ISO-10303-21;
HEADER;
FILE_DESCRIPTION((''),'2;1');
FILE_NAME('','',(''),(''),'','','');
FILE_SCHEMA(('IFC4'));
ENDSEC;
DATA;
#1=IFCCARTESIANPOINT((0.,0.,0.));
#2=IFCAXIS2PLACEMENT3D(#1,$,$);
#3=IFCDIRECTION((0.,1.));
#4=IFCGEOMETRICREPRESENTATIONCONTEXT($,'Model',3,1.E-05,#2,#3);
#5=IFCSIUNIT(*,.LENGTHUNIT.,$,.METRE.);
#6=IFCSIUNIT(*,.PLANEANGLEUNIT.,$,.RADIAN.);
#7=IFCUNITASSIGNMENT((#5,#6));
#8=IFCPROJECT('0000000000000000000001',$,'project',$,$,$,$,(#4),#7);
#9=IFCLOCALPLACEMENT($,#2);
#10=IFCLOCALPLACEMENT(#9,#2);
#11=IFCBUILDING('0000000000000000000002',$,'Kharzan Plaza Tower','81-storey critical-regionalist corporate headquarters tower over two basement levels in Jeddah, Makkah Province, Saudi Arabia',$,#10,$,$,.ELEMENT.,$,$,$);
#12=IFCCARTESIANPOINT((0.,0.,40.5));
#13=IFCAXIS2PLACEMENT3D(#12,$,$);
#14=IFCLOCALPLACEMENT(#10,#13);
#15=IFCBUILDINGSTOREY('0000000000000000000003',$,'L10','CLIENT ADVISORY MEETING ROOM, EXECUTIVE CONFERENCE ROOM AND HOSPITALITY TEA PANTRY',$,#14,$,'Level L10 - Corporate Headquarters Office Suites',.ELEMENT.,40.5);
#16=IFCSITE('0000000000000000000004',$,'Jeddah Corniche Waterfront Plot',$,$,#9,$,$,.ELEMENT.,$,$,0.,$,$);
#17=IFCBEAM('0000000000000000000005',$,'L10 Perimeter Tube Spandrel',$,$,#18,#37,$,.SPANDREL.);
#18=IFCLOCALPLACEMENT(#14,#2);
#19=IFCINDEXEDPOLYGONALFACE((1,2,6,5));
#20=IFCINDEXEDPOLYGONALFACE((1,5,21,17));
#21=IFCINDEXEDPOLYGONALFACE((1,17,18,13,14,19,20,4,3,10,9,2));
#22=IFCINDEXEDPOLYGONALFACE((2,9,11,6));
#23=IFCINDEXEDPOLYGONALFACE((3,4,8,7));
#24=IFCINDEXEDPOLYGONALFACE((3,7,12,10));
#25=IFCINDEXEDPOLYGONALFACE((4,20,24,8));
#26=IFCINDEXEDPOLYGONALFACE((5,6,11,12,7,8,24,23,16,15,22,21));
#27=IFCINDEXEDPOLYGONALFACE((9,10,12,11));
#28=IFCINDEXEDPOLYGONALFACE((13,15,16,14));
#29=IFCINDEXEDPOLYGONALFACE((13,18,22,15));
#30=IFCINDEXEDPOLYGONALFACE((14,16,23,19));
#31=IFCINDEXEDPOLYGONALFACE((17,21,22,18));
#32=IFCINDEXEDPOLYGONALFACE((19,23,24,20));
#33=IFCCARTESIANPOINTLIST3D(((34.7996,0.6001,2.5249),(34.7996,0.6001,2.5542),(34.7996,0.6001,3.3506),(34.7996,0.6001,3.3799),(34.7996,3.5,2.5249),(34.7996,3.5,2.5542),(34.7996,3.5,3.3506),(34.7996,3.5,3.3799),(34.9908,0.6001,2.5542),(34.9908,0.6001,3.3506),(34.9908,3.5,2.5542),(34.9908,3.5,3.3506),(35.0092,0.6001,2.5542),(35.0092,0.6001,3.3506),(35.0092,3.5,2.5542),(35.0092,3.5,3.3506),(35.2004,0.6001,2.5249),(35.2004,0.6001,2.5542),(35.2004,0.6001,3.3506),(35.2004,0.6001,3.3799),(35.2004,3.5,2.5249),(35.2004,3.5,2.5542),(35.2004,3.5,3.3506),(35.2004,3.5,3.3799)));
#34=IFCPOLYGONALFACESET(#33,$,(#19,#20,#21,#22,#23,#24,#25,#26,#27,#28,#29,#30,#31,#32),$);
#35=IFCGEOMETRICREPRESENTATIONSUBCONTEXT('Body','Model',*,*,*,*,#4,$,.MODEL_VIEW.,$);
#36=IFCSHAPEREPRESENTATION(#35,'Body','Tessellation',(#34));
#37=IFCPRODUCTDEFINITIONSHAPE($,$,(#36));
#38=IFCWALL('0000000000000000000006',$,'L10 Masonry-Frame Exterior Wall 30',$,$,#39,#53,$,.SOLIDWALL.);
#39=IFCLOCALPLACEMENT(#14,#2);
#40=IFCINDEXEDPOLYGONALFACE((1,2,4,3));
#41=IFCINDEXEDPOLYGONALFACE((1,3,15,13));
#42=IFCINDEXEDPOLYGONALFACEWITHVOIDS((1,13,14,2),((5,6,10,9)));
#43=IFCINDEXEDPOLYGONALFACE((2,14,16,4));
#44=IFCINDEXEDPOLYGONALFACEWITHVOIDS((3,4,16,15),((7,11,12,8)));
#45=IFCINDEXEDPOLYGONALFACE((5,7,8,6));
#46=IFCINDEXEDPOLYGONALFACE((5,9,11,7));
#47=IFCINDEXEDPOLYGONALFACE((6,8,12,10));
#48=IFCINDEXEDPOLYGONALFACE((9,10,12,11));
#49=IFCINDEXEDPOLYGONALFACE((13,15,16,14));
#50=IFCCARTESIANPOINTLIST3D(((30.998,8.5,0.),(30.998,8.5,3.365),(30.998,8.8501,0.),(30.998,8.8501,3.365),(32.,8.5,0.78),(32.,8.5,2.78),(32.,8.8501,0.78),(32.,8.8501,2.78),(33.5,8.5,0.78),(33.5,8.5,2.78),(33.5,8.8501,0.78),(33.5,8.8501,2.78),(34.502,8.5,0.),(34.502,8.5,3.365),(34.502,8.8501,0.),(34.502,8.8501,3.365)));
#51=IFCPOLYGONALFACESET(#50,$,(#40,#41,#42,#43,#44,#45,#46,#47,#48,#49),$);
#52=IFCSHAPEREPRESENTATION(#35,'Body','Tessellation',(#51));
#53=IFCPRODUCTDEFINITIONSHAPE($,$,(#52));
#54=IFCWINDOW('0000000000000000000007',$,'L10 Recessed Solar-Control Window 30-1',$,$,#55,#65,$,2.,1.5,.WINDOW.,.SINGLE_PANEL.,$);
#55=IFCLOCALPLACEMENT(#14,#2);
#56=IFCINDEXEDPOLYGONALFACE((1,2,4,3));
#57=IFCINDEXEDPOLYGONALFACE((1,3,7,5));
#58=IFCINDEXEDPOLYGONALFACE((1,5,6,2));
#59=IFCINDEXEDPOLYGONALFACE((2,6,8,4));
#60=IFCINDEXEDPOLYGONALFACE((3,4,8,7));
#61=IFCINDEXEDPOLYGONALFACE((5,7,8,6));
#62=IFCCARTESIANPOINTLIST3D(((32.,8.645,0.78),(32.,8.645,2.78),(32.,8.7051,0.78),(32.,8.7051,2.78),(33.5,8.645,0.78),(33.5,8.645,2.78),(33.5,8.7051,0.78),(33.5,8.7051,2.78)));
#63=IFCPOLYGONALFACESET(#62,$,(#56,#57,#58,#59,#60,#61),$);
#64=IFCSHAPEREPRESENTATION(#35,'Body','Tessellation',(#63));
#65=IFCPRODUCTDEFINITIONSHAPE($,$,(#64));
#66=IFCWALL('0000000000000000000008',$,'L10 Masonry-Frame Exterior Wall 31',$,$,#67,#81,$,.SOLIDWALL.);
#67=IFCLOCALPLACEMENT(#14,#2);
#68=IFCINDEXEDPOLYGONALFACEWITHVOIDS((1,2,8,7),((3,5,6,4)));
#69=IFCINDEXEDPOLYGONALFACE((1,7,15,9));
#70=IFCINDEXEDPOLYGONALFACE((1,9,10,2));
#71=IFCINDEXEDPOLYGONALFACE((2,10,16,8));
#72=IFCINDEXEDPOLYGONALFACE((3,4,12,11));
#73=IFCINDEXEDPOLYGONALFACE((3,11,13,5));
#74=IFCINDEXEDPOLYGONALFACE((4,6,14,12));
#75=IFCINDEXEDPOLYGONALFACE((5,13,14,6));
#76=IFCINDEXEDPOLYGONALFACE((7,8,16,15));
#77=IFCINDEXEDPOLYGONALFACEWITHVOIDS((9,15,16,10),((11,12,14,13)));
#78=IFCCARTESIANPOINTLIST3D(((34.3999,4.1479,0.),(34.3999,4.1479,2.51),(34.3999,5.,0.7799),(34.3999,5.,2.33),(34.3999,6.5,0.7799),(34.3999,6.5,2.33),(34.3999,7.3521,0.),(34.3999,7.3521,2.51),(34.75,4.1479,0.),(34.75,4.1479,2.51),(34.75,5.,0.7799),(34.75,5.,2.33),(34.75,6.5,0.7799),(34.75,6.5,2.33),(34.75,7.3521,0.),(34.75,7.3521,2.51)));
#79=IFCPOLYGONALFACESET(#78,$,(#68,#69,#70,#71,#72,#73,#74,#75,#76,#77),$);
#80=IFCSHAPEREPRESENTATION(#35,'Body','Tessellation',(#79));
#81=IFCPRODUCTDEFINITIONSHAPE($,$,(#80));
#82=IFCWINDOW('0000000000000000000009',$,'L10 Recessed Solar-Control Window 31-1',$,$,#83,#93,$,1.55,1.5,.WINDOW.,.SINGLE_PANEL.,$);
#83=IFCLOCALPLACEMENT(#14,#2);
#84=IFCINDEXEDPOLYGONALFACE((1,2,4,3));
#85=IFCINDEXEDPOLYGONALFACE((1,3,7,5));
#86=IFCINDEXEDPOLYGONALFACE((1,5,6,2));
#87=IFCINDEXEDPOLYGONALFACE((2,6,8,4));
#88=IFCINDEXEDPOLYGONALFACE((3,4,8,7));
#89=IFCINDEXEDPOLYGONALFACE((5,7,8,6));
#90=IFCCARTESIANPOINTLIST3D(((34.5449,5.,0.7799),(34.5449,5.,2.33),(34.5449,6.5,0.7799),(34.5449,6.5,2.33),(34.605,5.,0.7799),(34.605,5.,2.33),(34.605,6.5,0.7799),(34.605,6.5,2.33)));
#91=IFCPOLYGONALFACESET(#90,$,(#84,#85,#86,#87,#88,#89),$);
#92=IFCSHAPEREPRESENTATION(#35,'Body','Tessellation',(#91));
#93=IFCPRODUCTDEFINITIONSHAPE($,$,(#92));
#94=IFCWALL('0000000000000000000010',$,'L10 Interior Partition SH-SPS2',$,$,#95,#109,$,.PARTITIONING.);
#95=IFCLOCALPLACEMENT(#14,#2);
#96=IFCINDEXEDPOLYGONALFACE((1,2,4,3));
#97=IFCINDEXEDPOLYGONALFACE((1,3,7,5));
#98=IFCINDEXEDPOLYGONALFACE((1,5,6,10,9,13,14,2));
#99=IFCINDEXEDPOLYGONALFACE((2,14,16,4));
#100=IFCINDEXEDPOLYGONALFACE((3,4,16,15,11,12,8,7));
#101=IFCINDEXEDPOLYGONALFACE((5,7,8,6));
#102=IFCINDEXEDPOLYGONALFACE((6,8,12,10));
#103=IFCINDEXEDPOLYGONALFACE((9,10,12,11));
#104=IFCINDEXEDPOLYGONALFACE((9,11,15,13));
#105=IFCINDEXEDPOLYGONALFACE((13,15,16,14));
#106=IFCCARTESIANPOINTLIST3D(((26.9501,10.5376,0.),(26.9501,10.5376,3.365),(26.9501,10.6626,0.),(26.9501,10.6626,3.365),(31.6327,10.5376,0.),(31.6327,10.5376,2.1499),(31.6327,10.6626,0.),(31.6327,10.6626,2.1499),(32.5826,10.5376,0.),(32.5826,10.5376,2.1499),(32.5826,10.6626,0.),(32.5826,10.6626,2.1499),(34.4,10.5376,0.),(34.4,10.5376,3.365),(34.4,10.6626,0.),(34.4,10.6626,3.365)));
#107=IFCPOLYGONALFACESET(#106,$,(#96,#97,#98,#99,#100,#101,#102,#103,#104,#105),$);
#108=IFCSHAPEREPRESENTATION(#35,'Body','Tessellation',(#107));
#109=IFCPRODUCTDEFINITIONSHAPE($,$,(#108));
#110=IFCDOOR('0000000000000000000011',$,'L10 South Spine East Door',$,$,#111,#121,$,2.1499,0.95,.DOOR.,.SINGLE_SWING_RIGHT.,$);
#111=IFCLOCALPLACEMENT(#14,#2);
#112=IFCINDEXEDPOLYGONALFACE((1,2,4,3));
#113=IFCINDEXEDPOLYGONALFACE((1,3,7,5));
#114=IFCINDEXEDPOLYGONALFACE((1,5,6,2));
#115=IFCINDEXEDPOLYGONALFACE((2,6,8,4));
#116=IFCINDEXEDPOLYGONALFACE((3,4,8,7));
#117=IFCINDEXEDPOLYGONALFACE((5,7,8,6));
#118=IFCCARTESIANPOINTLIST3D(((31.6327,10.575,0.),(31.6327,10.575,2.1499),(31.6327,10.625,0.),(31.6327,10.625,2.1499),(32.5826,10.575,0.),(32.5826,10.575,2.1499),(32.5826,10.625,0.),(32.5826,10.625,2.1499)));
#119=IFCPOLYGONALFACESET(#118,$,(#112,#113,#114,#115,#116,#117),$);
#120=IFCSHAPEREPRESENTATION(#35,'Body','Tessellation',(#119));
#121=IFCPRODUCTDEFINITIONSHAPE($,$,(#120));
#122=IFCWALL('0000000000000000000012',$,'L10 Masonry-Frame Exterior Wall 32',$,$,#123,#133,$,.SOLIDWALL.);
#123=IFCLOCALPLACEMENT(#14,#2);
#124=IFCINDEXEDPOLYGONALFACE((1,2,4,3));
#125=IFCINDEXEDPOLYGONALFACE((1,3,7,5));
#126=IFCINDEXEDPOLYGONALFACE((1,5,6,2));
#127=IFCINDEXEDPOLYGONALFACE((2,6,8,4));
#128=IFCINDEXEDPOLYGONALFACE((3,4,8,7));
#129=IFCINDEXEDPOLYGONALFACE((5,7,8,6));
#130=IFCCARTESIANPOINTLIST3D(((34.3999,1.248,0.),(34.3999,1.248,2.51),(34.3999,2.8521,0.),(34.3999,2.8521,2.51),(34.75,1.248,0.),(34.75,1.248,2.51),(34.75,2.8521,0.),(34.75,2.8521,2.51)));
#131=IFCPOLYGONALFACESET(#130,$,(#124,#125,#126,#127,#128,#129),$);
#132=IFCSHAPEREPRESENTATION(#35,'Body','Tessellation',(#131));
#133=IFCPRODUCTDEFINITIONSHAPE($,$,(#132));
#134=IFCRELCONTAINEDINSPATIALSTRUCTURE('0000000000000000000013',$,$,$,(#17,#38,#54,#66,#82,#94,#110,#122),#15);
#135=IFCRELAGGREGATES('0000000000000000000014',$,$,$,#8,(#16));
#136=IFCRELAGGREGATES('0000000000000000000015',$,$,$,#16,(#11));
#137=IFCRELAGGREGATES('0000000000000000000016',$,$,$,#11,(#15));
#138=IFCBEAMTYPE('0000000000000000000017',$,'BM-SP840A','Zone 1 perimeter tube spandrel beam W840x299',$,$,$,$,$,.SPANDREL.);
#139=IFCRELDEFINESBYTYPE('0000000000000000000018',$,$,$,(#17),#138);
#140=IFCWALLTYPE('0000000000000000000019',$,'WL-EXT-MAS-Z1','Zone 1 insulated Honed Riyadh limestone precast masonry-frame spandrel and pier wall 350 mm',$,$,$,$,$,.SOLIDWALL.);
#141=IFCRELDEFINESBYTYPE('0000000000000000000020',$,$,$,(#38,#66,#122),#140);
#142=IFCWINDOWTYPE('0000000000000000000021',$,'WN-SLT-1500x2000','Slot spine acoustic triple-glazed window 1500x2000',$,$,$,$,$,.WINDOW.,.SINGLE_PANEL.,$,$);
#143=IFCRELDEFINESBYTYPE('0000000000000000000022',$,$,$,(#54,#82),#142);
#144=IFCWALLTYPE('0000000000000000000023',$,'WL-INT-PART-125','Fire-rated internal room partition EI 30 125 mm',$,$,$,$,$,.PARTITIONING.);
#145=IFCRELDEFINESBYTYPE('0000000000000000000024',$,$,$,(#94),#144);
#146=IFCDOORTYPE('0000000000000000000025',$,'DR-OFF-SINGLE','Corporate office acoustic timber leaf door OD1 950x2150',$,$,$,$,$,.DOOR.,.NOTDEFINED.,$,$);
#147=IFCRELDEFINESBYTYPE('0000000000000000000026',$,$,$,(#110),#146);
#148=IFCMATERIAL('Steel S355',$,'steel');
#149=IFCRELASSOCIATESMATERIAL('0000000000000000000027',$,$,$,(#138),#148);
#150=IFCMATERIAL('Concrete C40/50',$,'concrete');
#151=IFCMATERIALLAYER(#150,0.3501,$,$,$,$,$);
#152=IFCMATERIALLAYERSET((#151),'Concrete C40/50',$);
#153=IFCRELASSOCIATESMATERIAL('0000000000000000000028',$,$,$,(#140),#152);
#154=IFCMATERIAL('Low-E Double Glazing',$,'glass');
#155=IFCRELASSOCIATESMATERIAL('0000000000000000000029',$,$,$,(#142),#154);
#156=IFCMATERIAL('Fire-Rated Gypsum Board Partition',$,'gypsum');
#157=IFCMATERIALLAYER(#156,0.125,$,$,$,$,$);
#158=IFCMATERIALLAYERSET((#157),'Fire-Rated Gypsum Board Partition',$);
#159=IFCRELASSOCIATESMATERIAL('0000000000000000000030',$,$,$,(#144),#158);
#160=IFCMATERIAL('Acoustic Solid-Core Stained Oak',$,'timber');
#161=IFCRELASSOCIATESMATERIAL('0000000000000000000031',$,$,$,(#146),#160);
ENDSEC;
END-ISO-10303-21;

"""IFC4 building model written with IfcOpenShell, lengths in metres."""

from ifc_helpers import new_model, si_unit, direction, frame, frame_2d, origin, origin_2d, place, context, subcontext, project, spatial, rectangle, i_section, extrude, source, transform, mapped, material, layer, layer_set, material_profile, profile_set, type_object, element, fill, save


model = new_model("IFC4")

# Units and contexts
model_context = context("Model", 3, precision=1e-05, world=origin(), true_north=direction((0.0, 1.0)))
body_context = subcontext(model_context, "Body", "Model", "MODEL_VIEW")
ifc_project = project(units=[si_unit("LENGTHUNIT", "METRE"), si_unit("PLANEANGLEUNIT", "RADIAN")], contexts=[model_context])

# Site, building, storey
site_placement = place(None, origin())
site = spatial("IfcSite", under=ifc_project, at=site_placement, Name="Jeddah Corniche Waterfront Plot", CompositionType="ELEMENT", RefElevation=0.0)
building_placement = place(site_placement, origin())
building = spatial("IfcBuilding", under=site, at=building_placement, Name="Kharzan Plaza Tower", Description="81-storey critical-regionalist corporate headquarters tower over two basement levels in Jeddah, Makkah Province, Saudi Arabia", CompositionType="ELEMENT")
storey_placement = place(building_placement, frame((0.0, 0.0, 40.5)))
storey = spatial("IfcBuildingStorey", under=building, at=storey_placement, Name="L10", Description="CLIENT ADVISORY MEETING ROOM, EXECUTIVE CONFERENCE ROOM AND HOSPITALITY TEA PANTRY", LongName="Level L10 - Corporate Headquarters Office Suites", CompositionType="ELEMENT", Elevation=40.5)

# Beam
ifc_material_1 = material(Name="Steel S355", Category="steel")
ifc_material_profile_1 = material_profile(ifc_material_1, i_section(OverallWidth=0.4009, OverallDepth=0.855, WebThickness=0.0183, FlangeThickness=0.0293, at=origin_2d()), Name="W840x299")
ifc_profile_set_1 = profile_set([ifc_material_profile_1], Name="Steel S355")
beam_type_1 = type_object("IfcBeamType", Name="BM-SP840A", Description="Zone 1 perimeter tube spandrel beam W840x299", PredefinedType="SPANDREL", material=ifc_profile_set_1)
shared_shape_1 = source(origin(), body_context, "Body", "SweptSolid", [
    extrude(i_section(OverallWidth=0.4009, OverallDepth=0.855, WebThickness=0.0183, FlangeThickness=0.0293, at=origin_2d()), origin(), (0.0, 0.0, 1.0), 2.8999),
])
beam_1_placement = place(storey_placement, frame((35.0, 0.6001, 2.9524), z_axis=(0.0, 1.0, 0.0), x_axis=(-1.0, 0.0, 0.0)))
element("IfcBeam", 1, at=beam_1_placement, inside=storey, type_object=beam_type_1, Name="L10 Perimeter Tube Spandrel", PredefinedType="SPANDREL", context=body_context, shape_type="MappedRepresentation", body=[
    mapped(shared_shape_1, transform((0.0, 0.0, 0.0), x_axis=(1.0, 0.0, 0.0), y_axis=(0.0, 1.0, 0.0), z_axis=(0.0, 0.0, 1.0))),
])

# Walls, openings, windows
ifc_material_2 = material(Name="Concrete C40/50", Category="concrete")
ifc_layer_1 = layer(ifc_material_2, 0.3501)
ifc_layer_set_1 = layer_set([ifc_layer_1], Name="Concrete C40/50")
wall_type_1 = type_object("IfcWallType", Name="WL-EXT-MAS-Z1", Description="Zone 1 insulated Honed Riyadh limestone precast masonry-frame spandrel and pier wall 350 mm", PredefinedType="SOLIDWALL", material=ifc_layer_set_1)
wall_1_placement = place(storey_placement, frame((30.998, 8.675, 0.0), z_axis=(0.0, 0.0, 1.0), x_axis=(1.0, 0.0, 0.0)))
wall_1 = element("IfcWall", 2, at=wall_1_placement, inside=storey, type_object=wall_type_1, Name="L10 Masonry-Frame Exterior Wall 30", PredefinedType="SOLIDWALL", context=body_context, shape_type="SweptSolid", body=[
    extrude(rectangle(XDim=3.5039, YDim=0.3501, at=frame_2d((1.752, 0.0))), origin(), (0.0, 0.0, 1.0), 3.365),
])
opening_1_placement = place(wall_1_placement, frame((1.002, 0.0, 0.78)))
opening_1 = element("IfcOpeningElement", 3, at=opening_1_placement, cuts=wall_1, PredefinedType="OPENING", context=body_context, shape_type="SweptSolid", body=[
    extrude(rectangle(XDim=1.5, YDim=2.0, at=frame_2d((0.75, 1.0))), frame((0.0, 0.1851, 0.0), z_axis=(0.0, -1.0, 0.0), x_axis=(1.0, 0.0, 0.0)), (0.0, 0.0, 1.0), 0.3701),
])
ifc_material_3 = material(Name="Low-E Double Glazing", Category="glass")
window_type = type_object("IfcWindowType", Name="WN-SLT-1500x2000", Description="Slot spine acoustic triple-glazed window 1500x2000", PartitioningType="SINGLE_PANEL", PredefinedType="WINDOW", material=ifc_material_3)
shared_shape_2 = source(origin(), body_context, "Body", "SweptSolid", [
    extrude(rectangle(XDim=1.5, YDim=2.0, at=frame_2d((0.75, 1.0))), frame((0.0, 0.03, 0.0), z_axis=(0.0, -1.0, 0.0), x_axis=(1.0, 0.0, 0.0)), (0.0, 0.0, 1.0), 0.0601),
])
window_1_placement = place(opening_1_placement, origin())
window_1 = element("IfcWindow", 4, at=window_1_placement, inside=storey, type_object=window_type, Name="L10 Recessed Solar-Control Window 30-1", OverallHeight=2.0, OverallWidth=1.5, PartitioningType="SINGLE_PANEL", PredefinedType="WINDOW", context=body_context, shape_type="MappedRepresentation", body=[
    mapped(shared_shape_2, transform((0.0, 0.0, 0.0), x_axis=(1.0, 0.0, 0.0), y_axis=(0.0, 1.0, 0.0), z_axis=(0.0, 0.0, 1.0))),
])
fill(opening_1, window_1)
wall_2_placement = place(storey_placement, frame((34.575, 7.3521, 0.0), z_axis=(0.0, 0.0, 1.0), x_axis=(0.0, -1.0, 0.0)))
wall_2 = element("IfcWall", 5, at=wall_2_placement, inside=storey, type_object=wall_type_1, Name="L10 Masonry-Frame Exterior Wall 31", PredefinedType="SOLIDWALL", context=body_context, shape_type="SweptSolid", body=[
    extrude(rectangle(XDim=3.2041, YDim=0.3501, at=frame_2d((1.6021, 0.0))), origin(), (0.0, 0.0, 1.0), 2.51),
])
opening_2_placement = place(wall_2_placement, frame((0.8521, 0.0, 0.78)))
opening_2 = element("IfcOpeningElement", 6, at=opening_2_placement, cuts=wall_2, PredefinedType="OPENING", context=body_context, shape_type="SweptSolid", body=[
    extrude(rectangle(XDim=1.5, YDim=1.55, at=frame_2d((0.75, 0.7749))), frame((0.0, 0.1851, 0.0), z_axis=(0.0, -1.0, 0.0), x_axis=(1.0, 0.0, 0.0)), (0.0, 0.0, 1.0), 0.3701),
])
shared_shape_3 = source(origin(), body_context, "Body", "SweptSolid", [
    extrude(rectangle(XDim=1.5, YDim=1.55, at=frame_2d((0.75, 0.7749))), frame((0.0, 0.03, 0.0), z_axis=(0.0, -1.0, 0.0), x_axis=(1.0, 0.0, 0.0)), (0.0, 0.0, 1.0), 0.0601),
])
window_2_placement = place(opening_2_placement, origin())
window_2 = element("IfcWindow", 7, at=window_2_placement, inside=storey, type_object=window_type, Name="L10 Recessed Solar-Control Window 31-1", OverallHeight=1.55, OverallWidth=1.5, PartitioningType="SINGLE_PANEL", PredefinedType="WINDOW", context=body_context, shape_type="MappedRepresentation", body=[
    mapped(shared_shape_3, transform((0.0, 0.0, 0.0), x_axis=(1.0, 0.0, 0.0), y_axis=(0.0, 1.0, 0.0), z_axis=(0.0, 0.0, 1.0))),
])
fill(opening_2, window_2)

# Wall, opening, door
ifc_material_4 = material(Name="Fire-Rated Gypsum Board Partition", Category="gypsum")
ifc_layer_2 = layer(ifc_material_4, 0.125)
ifc_layer_set_2 = layer_set([ifc_layer_2], Name="Fire-Rated Gypsum Board Partition")
wall_type_2 = type_object("IfcWallType", Name="WL-INT-PART-125", Description="Fire-rated internal room partition EI 30 125 mm", PredefinedType="PARTITIONING", material=ifc_layer_set_2)
wall_3_placement = place(storey_placement, frame((26.95, 10.6001, 0.0), z_axis=(0.0, 0.0, 1.0), x_axis=(1.0, 0.0, 0.0)))
wall_3 = element("IfcWall", 8, at=wall_3_placement, inside=storey, type_object=wall_type_2, Name="L10 Interior Partition SH-SPS2", PredefinedType="PARTITIONING", context=body_context, shape_type="SweptSolid", body=[
    extrude(rectangle(XDim=7.45, YDim=0.125, at=frame_2d((3.7251, 0.0))), origin(), (0.0, 0.0, 1.0), 3.365),
])
opening_3_placement = place(wall_3_placement, frame((4.6826, 0.0, 0.0)))
opening_3 = element("IfcOpeningElement", 9, at=opening_3_placement, cuts=wall_3, PredefinedType="OPENING", context=body_context, shape_type="SweptSolid", body=[
    extrude(rectangle(XDim=0.95, YDim=2.1499, at=frame_2d((0.4751, 1.075))), frame((0.0, 0.0725, 0.0), z_axis=(0.0, -1.0, 0.0), x_axis=(1.0, 0.0, 0.0)), (0.0, 0.0, 1.0), 0.145),
])
ifc_material_5 = material(Name="Acoustic Solid-Core Stained Oak", Category="timber")
door_type = type_object("IfcDoorType", Name="DR-OFF-SINGLE", Description="Corporate office acoustic timber leaf door OD1 950x2150", OperationType="NOTDEFINED", PredefinedType="DOOR", material=ifc_material_5)
shared_shape_4 = source(origin(), body_context, "Body", "SweptSolid", [
    extrude(rectangle(XDim=0.95, YDim=2.1499, at=frame_2d((0.4751, 1.075))), frame((0.0, 0.0249, 0.0), z_axis=(0.0, -1.0, 0.0), x_axis=(1.0, 0.0, 0.0)), (0.0, 0.0, 1.0), 0.05),
])
door_placement = place(opening_3_placement, origin())
door = element("IfcDoor", 10, at=door_placement, inside=storey, type_object=door_type, Name="L10 South Spine East Door", OperationType="SINGLE_SWING_RIGHT", OverallHeight=2.1499, OverallWidth=0.95, PredefinedType="DOOR", context=body_context, shape_type="MappedRepresentation", body=[
    mapped(shared_shape_4, transform((0.0, 0.0, 0.0), x_axis=(1.0, 0.0, 0.0), y_axis=(0.0, 1.0, 0.0), z_axis=(0.0, 0.0, 1.0))),
])
fill(opening_3, door)

# Wall
shared_shape_5 = source(origin(), body_context, "Body", "SweptSolid", [
    extrude(rectangle(XDim=1.604, YDim=0.3501, at=frame_2d((0.802, 0.0))), origin(), (0.0, 0.0, 1.0), 2.51),
])
wall_4_placement = place(storey_placement, frame((34.575, 2.8521, 0.0), z_axis=(0.0, 0.0, 1.0), x_axis=(0.0, -1.0, 0.0)))
element("IfcWall", 11, at=wall_4_placement, inside=storey, type_object=wall_type_1, Name="L10 Masonry-Frame Exterior Wall 32", PredefinedType="SOLIDWALL", context=body_context, shape_type="MappedRepresentation", body=[
    mapped(shared_shape_5, transform((0.0, 0.0, 0.0), x_axis=(1.0, 0.0, 0.0), y_axis=(0.0, 1.0, 0.0), z_axis=(0.0, 0.0, 1.0))),
])

save(model, "model.ifc")
